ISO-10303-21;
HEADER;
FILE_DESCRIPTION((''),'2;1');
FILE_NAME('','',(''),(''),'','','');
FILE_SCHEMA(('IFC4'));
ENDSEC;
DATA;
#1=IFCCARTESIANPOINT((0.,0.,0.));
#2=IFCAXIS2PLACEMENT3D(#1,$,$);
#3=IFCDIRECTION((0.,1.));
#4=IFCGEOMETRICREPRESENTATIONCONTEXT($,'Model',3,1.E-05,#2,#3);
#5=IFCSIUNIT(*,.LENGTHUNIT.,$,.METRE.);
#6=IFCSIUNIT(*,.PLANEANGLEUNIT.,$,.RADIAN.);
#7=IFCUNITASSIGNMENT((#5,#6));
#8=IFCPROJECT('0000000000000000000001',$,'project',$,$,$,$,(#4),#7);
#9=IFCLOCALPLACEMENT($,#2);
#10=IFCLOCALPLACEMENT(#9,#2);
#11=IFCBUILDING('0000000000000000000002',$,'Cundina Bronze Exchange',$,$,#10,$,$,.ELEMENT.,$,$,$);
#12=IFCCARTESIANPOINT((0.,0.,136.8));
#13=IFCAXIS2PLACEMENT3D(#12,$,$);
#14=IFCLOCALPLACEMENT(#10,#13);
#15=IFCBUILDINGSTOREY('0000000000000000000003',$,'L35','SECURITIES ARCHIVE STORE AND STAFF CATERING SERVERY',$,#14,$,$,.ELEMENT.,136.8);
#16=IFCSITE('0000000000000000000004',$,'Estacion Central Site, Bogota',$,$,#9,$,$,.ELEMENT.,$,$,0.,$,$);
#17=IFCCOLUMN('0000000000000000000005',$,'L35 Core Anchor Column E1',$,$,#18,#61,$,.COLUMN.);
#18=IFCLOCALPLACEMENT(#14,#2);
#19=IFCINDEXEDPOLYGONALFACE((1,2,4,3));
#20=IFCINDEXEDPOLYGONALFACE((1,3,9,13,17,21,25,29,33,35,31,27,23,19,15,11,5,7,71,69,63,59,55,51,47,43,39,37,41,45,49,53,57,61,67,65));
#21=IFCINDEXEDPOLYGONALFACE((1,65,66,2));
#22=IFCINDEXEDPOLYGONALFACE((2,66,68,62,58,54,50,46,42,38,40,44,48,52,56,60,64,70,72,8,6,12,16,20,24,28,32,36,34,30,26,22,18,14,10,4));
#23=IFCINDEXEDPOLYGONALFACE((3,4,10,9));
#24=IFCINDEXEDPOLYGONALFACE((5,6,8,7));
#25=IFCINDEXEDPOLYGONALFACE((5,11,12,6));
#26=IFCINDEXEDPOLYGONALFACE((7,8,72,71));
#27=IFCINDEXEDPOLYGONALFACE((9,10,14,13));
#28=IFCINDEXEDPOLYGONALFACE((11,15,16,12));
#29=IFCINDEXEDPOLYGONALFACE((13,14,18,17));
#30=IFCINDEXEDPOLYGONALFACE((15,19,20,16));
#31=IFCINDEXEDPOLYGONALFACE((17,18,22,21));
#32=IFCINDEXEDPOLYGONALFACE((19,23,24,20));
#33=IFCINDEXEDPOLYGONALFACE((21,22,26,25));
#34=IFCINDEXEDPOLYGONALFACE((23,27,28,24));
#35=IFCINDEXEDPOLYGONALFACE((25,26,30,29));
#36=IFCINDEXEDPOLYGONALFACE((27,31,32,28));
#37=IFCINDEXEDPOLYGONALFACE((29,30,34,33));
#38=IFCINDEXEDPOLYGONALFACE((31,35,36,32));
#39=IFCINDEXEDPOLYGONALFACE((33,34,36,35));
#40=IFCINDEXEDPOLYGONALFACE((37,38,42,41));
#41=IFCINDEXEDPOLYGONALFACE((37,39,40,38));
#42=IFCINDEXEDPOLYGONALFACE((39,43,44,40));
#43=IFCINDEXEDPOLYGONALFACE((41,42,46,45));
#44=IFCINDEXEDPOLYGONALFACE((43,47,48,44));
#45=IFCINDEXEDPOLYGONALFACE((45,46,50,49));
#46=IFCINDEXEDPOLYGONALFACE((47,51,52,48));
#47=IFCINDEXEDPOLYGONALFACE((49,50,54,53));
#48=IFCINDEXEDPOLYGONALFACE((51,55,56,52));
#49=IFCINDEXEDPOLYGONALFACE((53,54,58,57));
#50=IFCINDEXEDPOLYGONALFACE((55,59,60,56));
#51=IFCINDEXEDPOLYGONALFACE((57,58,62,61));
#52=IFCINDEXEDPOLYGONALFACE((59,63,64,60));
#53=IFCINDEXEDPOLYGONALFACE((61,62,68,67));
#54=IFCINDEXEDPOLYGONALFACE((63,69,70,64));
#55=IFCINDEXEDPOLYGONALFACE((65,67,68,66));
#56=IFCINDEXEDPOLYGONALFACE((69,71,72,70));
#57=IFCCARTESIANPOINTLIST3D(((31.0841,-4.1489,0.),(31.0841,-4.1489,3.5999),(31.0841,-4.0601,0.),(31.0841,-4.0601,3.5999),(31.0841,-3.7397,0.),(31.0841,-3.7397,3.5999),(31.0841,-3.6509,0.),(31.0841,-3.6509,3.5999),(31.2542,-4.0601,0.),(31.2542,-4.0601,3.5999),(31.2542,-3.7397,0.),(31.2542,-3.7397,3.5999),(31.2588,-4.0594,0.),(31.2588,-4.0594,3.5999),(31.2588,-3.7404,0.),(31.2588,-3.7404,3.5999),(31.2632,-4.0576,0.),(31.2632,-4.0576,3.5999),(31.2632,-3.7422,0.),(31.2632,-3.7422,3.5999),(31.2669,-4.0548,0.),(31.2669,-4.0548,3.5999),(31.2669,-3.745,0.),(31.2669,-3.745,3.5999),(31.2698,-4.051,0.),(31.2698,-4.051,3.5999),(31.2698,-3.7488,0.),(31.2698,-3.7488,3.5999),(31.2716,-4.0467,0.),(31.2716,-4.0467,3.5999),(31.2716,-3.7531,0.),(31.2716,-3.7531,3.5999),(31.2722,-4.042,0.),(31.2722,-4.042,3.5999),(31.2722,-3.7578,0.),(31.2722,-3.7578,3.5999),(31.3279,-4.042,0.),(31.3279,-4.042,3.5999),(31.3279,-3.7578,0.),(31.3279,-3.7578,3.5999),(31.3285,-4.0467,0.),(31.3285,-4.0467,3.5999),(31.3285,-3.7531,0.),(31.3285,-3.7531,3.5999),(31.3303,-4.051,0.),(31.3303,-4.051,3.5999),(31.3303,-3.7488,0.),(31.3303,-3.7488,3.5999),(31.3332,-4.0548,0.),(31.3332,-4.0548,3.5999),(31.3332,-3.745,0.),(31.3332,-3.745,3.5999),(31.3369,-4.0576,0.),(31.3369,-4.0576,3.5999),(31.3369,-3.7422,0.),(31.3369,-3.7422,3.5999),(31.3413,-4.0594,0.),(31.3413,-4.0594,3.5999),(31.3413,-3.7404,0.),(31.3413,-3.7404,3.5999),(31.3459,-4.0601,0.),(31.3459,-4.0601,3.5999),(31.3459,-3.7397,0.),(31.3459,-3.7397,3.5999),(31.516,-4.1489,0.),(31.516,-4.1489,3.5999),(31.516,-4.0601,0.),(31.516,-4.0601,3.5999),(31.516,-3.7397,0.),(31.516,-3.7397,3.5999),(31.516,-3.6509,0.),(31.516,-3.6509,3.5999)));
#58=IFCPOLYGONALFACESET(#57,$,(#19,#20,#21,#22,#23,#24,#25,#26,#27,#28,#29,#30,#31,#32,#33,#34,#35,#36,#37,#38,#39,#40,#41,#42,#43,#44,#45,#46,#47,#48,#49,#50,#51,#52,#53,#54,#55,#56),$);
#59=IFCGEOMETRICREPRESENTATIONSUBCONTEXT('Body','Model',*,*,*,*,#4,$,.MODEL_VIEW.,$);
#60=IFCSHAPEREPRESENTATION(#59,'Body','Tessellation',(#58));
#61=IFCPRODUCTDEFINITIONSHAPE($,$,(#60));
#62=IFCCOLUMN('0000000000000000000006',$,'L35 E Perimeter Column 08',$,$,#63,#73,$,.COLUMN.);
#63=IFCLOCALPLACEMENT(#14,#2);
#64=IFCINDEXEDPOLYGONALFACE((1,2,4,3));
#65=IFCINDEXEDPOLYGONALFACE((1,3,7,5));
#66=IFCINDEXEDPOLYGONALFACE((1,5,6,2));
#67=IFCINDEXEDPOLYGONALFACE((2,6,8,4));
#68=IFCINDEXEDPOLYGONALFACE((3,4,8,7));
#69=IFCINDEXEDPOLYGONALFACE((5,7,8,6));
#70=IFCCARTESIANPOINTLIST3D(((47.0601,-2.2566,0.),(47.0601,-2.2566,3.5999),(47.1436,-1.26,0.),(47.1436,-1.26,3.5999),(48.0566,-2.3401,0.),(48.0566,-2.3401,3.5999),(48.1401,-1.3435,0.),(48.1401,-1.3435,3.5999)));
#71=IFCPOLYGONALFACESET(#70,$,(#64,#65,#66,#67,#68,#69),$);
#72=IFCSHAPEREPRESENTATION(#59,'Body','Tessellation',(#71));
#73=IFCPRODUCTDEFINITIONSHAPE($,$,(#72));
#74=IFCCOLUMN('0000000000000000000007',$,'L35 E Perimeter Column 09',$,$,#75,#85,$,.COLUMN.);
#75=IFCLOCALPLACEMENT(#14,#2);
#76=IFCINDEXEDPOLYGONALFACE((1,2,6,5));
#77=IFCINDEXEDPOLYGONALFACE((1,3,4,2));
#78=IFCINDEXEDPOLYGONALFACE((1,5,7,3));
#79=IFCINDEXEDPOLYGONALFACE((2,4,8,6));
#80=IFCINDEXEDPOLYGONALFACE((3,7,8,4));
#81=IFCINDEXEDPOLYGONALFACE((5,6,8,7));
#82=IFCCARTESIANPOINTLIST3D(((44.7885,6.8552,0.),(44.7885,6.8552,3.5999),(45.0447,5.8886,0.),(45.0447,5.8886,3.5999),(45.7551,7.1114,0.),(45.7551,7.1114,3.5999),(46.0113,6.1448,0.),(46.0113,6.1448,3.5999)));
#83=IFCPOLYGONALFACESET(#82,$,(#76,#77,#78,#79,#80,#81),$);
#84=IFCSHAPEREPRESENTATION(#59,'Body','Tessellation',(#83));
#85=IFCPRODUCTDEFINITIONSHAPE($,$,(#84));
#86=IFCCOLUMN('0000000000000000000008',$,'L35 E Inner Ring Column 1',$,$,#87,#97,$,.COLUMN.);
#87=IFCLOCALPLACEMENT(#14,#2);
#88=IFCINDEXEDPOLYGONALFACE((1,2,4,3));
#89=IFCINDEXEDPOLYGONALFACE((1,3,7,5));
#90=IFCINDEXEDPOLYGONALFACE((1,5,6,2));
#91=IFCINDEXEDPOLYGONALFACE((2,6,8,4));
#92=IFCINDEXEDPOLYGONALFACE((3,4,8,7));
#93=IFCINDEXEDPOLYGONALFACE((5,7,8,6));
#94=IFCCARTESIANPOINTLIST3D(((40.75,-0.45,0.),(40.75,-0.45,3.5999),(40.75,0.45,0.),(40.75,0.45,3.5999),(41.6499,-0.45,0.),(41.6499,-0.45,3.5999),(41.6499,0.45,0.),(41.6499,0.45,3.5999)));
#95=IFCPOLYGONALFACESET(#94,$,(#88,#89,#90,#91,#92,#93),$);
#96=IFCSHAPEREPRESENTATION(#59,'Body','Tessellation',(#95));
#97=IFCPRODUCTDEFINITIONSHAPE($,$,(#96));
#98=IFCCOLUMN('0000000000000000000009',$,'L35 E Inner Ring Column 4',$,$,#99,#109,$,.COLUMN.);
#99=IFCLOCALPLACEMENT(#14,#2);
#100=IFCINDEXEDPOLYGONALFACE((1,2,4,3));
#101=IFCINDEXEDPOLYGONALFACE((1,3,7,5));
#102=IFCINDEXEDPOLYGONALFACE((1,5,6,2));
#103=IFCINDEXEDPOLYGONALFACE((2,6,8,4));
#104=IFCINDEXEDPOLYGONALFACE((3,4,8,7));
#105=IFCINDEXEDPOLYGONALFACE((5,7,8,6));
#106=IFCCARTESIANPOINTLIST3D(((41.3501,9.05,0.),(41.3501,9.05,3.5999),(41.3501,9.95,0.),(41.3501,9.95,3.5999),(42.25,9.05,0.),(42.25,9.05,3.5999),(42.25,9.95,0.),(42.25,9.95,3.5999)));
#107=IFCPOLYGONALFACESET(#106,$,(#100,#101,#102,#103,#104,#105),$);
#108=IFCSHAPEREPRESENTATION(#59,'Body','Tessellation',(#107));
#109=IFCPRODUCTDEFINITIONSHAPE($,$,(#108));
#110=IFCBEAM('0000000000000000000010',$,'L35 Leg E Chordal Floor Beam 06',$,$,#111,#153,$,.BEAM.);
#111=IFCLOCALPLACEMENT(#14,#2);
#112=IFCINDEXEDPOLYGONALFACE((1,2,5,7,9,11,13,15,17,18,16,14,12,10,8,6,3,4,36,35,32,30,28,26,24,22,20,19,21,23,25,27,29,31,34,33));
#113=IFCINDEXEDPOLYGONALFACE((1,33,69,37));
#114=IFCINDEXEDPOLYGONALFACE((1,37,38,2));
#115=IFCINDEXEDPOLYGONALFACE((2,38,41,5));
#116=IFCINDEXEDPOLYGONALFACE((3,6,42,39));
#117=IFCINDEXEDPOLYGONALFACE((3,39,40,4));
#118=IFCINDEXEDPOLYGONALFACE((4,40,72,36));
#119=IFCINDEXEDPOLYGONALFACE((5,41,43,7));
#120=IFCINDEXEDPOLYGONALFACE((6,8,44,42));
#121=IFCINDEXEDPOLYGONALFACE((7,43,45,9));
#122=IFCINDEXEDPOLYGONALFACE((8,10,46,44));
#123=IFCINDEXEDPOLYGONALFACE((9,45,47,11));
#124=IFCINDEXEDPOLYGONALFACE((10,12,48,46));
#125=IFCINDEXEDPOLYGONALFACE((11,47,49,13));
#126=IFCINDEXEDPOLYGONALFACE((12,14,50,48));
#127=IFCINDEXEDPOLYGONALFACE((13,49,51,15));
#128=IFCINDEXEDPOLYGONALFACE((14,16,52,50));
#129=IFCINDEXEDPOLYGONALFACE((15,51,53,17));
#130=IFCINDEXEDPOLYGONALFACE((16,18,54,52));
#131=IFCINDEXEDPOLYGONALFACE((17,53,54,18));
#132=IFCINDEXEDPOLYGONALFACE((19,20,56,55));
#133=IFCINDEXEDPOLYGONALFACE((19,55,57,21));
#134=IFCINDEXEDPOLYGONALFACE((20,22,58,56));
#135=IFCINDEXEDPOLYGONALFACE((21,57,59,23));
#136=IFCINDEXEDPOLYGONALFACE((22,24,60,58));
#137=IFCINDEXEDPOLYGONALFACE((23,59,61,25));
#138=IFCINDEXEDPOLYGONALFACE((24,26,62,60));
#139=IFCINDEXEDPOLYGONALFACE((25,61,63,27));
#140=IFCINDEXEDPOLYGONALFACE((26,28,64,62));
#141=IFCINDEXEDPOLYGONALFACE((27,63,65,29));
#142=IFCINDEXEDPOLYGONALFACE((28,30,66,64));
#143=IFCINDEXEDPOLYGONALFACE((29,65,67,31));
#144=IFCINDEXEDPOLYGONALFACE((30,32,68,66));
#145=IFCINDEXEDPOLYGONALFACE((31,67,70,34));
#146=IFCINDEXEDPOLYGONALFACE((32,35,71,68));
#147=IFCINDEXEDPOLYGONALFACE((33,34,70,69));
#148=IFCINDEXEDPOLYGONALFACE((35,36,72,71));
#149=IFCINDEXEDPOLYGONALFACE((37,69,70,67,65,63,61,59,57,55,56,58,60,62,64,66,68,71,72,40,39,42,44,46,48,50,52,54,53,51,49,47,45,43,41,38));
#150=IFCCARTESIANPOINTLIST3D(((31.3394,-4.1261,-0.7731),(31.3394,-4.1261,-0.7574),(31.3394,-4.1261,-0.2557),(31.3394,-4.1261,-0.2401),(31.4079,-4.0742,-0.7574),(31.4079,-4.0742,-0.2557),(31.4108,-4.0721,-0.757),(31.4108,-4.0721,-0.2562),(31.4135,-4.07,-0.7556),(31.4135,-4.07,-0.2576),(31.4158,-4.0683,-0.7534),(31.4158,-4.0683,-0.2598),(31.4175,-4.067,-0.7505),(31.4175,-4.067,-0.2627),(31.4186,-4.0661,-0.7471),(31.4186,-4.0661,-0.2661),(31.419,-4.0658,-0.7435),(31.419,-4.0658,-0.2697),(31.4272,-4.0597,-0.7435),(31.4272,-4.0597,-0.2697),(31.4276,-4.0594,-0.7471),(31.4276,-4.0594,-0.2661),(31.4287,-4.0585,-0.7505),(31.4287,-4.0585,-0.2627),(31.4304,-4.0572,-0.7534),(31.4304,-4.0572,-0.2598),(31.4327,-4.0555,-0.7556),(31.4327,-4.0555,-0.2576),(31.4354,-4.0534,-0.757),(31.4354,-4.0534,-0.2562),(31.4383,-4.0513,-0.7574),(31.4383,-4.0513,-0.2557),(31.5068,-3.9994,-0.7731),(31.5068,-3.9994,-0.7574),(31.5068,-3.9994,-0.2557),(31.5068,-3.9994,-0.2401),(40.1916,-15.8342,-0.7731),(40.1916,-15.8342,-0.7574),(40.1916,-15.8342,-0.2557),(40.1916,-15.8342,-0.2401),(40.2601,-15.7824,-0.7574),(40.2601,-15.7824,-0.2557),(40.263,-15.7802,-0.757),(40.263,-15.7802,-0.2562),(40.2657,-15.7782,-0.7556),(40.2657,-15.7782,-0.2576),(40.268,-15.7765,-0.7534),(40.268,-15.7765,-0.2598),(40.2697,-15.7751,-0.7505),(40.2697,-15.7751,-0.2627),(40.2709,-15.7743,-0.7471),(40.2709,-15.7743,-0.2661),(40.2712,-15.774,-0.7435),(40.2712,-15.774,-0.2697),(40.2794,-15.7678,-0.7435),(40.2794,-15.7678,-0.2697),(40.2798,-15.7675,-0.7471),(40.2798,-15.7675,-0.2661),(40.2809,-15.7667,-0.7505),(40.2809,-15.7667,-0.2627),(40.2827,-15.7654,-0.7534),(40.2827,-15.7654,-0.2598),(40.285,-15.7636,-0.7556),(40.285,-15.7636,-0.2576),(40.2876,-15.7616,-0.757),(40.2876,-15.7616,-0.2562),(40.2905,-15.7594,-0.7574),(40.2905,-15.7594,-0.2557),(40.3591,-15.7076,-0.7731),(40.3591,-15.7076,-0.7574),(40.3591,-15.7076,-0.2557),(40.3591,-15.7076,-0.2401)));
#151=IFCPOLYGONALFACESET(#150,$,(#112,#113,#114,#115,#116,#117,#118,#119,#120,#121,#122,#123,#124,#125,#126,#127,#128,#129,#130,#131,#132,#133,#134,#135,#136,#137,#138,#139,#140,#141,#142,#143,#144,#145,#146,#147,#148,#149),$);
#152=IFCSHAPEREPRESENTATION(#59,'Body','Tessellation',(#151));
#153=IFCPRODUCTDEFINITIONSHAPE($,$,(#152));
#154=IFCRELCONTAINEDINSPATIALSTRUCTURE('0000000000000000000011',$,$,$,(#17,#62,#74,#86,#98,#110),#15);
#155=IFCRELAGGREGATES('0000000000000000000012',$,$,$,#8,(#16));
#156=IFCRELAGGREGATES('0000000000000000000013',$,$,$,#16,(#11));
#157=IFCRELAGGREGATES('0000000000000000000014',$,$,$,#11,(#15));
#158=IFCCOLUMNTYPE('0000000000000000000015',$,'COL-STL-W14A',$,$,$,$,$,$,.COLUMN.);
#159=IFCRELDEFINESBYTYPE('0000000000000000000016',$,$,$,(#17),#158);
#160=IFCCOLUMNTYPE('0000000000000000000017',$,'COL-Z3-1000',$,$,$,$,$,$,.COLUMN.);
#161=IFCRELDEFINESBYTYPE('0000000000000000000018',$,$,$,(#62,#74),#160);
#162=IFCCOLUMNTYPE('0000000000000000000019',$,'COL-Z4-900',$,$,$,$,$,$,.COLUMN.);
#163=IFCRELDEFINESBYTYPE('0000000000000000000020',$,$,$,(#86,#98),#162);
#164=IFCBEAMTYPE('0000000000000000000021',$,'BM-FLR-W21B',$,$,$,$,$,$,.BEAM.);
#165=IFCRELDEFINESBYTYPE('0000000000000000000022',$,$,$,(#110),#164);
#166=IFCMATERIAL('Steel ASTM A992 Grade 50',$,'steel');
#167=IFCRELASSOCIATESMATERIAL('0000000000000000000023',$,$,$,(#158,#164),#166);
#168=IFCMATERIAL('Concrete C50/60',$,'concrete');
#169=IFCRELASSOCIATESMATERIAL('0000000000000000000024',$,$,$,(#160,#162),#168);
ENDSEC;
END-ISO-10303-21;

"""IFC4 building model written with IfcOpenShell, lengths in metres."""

from ifc_helpers import new_model, si_unit, direction, frame, origin, origin_2d, place, context, subcontext, project, spatial, rectangle, i_section, extrude, material, material_profile, profile_set, type_object, element, save


model = new_model("IFC4")

# Units and contexts
model_context = context("Model", 3, precision=1e-05, world=origin(), true_north=direction((0.0, 1.0)))
body_context = subcontext(model_context, "Body", "Model", "MODEL_VIEW")
ifc_project = project(units=[si_unit("LENGTHUNIT", "METRE"), si_unit("PLANEANGLEUNIT", "RADIAN")], contexts=[model_context])

# Site, building, storey
site_placement = place(None, origin())
site = spatial("IfcSite", under=ifc_project, at=site_placement, Name="Estacion Central Site, Bogota", CompositionType="ELEMENT", RefElevation=0.0)
building_placement = place(site_placement, origin())
building = spatial("IfcBuilding", under=site, at=building_placement, Name="Cundina Bronze Exchange", CompositionType="ELEMENT")
storey_placement = place(building_placement, frame((0.0, 0.0, 136.8)))
storey = spatial("IfcBuildingStorey", under=building, at=storey_placement, Name="L35", Description="SECURITIES ARCHIVE STORE AND STAFF CATERING SERVERY", CompositionType="ELEMENT", Elevation=136.8)

# Columns
ifc_material_1 = material(Name="Steel ASTM A992 Grade 50", Category="steel")
ifc_material_profile_1 = material_profile(ifc_material_1, i_section(OverallWidth=0.4319, OverallDepth=0.498, WebThickness=0.0557, FlangeThickness=0.0889, FilletRadius=0.0181, at=origin_2d()), Name="W14X500", Category="steel")
ifc_profile_set_1 = profile_set([ifc_material_profile_1], Name="Steel ASTM A992 Grade 50")
column_type_1 = type_object("IfcColumnType", Name="COL-STL-W14A", PredefinedType="COLUMN", material=ifc_profile_set_1)
column_placement = place(storey_placement, frame((31.3, -3.8999, 0.0), z_axis=(0.0, 0.0, 1.0), x_axis=(1.0, 0.0, 0.0)))
element("IfcColumn", 1, at=column_placement, inside=storey, type_object=column_type_1, Name="L35 Core Anchor Column E1", PredefinedType="COLUMN", context=body_context, shape_type="SweptSolid", body=[
    extrude(i_section(OverallWidth=0.4319, OverallDepth=0.498, WebThickness=0.0557, FlangeThickness=0.0889, FilletRadius=0.0181, at=origin_2d()), origin(), (0.0, 0.0, 1.0), 3.5999),
])
ifc_material_2 = material(Name="Concrete C50/60", Category="concrete")
ifc_material_profile_2 = material_profile(ifc_material_2, rectangle(XDim=1.0, YDim=1.0, at=origin_2d()), Name="RC1000X1000", Category="concrete")
ifc_profile_set_2 = profile_set([ifc_material_profile_2], Name="Concrete C50/60")
column_type_2 = type_object("IfcColumnType", Name="COL-Z3-1000", PredefinedType="COLUMN", material=ifc_profile_set_2)
for number, where, z_axis, x_axis, name in (
    (2, (47.6001, -1.8, 0.0), (0.0, 0.0, 1.0), (0.083504, 0.996507, 0.0), "L35 E Perimeter Column 08"),
    (3, (45.3999, 6.5, 0.0), (0.0, 0.0, 1.0), (-0.256289, 0.9666, 0.0), "L35 E Perimeter Column 09"),
):
    element("IfcColumn", number, at=place(storey_placement, frame(where, z_axis=z_axis, x_axis=x_axis)), inside=storey, type_object=column_type_2, Name=name, PredefinedType="COLUMN", context=body_context, shape_type="SweptSolid", body=[
        extrude(rectangle(XDim=1.0, YDim=1.0, at=origin_2d()), origin(), (0.0, 0.0, 1.0), 3.5999),
    ])
ifc_material_profile_3 = material_profile(ifc_material_2, rectangle(XDim=0.8999, YDim=0.8999, at=origin_2d()), Name="RC900X900", Category="concrete")
ifc_profile_set_3 = profile_set([ifc_material_profile_3], Name="Concrete C50/60")
column_type_3 = type_object("IfcColumnType", Name="COL-Z4-900", PredefinedType="COLUMN", material=ifc_profile_set_3)
for number, where, z_axis, x_axis, name in (
    (4, (41.2, 0.0, 0.0), (0.0, 0.0, 1.0), (1.0, 0.0, 0.0), "L35 E Inner Ring Column 1"),
    (5, (41.8, 9.5, 0.0), (0.0, 0.0, 1.0), (1.0, 0.0, 0.0), "L35 E Inner Ring Column 4"),
):
    element("IfcColumn", number, at=place(storey_placement, frame(where, z_axis=z_axis, x_axis=x_axis)), inside=storey, type_object=column_type_3, Name=name, PredefinedType="COLUMN", context=body_context, shape_type="SweptSolid", body=[
        extrude(rectangle(XDim=0.8999, YDim=0.8999, at=origin_2d()), origin(), (0.0, 0.0, 1.0), 3.5999),
    ])

# Beam
ifc_material_profile_4 = material_profile(ifc_material_1, i_section(OverallWidth=0.21, OverallDepth=0.533, WebThickness=0.0103, FlangeThickness=0.0156, FilletRadius=0.0139, at=origin_2d()), Name="W21X62", Category="steel")
ifc_profile_set_4 = profile_set([ifc_material_profile_4], Name="Steel ASTM A992 Grade 50")
beam_type_1 = type_object("IfcBeamType", Name="BM-FLR-W21B", PredefinedType="BEAM", material=ifc_profile_set_4)
beam_1_placement = place(storey_placement, frame((31.4231, -4.0627, -0.5066), z_axis=(0.603096, -0.797669, 0.0), x_axis=(0.797669, 0.603096, 0.0)))
element("IfcBeam", 6, at=beam_1_placement, inside=storey, type_object=beam_type_1, Name="L35 Leg E Chordal Floor Beam 06", PredefinedType="BEAM", context=body_context, shape_type="SweptSolid", body=[
    extrude(i_section(OverallWidth=0.21, OverallDepth=0.533, WebThickness=0.0103, FlangeThickness=0.0156, FilletRadius=0.0139, at=origin_2d()), origin(), (0.0, 0.0, 1.0), 14.678),
])

save(model, "model.ifc")
